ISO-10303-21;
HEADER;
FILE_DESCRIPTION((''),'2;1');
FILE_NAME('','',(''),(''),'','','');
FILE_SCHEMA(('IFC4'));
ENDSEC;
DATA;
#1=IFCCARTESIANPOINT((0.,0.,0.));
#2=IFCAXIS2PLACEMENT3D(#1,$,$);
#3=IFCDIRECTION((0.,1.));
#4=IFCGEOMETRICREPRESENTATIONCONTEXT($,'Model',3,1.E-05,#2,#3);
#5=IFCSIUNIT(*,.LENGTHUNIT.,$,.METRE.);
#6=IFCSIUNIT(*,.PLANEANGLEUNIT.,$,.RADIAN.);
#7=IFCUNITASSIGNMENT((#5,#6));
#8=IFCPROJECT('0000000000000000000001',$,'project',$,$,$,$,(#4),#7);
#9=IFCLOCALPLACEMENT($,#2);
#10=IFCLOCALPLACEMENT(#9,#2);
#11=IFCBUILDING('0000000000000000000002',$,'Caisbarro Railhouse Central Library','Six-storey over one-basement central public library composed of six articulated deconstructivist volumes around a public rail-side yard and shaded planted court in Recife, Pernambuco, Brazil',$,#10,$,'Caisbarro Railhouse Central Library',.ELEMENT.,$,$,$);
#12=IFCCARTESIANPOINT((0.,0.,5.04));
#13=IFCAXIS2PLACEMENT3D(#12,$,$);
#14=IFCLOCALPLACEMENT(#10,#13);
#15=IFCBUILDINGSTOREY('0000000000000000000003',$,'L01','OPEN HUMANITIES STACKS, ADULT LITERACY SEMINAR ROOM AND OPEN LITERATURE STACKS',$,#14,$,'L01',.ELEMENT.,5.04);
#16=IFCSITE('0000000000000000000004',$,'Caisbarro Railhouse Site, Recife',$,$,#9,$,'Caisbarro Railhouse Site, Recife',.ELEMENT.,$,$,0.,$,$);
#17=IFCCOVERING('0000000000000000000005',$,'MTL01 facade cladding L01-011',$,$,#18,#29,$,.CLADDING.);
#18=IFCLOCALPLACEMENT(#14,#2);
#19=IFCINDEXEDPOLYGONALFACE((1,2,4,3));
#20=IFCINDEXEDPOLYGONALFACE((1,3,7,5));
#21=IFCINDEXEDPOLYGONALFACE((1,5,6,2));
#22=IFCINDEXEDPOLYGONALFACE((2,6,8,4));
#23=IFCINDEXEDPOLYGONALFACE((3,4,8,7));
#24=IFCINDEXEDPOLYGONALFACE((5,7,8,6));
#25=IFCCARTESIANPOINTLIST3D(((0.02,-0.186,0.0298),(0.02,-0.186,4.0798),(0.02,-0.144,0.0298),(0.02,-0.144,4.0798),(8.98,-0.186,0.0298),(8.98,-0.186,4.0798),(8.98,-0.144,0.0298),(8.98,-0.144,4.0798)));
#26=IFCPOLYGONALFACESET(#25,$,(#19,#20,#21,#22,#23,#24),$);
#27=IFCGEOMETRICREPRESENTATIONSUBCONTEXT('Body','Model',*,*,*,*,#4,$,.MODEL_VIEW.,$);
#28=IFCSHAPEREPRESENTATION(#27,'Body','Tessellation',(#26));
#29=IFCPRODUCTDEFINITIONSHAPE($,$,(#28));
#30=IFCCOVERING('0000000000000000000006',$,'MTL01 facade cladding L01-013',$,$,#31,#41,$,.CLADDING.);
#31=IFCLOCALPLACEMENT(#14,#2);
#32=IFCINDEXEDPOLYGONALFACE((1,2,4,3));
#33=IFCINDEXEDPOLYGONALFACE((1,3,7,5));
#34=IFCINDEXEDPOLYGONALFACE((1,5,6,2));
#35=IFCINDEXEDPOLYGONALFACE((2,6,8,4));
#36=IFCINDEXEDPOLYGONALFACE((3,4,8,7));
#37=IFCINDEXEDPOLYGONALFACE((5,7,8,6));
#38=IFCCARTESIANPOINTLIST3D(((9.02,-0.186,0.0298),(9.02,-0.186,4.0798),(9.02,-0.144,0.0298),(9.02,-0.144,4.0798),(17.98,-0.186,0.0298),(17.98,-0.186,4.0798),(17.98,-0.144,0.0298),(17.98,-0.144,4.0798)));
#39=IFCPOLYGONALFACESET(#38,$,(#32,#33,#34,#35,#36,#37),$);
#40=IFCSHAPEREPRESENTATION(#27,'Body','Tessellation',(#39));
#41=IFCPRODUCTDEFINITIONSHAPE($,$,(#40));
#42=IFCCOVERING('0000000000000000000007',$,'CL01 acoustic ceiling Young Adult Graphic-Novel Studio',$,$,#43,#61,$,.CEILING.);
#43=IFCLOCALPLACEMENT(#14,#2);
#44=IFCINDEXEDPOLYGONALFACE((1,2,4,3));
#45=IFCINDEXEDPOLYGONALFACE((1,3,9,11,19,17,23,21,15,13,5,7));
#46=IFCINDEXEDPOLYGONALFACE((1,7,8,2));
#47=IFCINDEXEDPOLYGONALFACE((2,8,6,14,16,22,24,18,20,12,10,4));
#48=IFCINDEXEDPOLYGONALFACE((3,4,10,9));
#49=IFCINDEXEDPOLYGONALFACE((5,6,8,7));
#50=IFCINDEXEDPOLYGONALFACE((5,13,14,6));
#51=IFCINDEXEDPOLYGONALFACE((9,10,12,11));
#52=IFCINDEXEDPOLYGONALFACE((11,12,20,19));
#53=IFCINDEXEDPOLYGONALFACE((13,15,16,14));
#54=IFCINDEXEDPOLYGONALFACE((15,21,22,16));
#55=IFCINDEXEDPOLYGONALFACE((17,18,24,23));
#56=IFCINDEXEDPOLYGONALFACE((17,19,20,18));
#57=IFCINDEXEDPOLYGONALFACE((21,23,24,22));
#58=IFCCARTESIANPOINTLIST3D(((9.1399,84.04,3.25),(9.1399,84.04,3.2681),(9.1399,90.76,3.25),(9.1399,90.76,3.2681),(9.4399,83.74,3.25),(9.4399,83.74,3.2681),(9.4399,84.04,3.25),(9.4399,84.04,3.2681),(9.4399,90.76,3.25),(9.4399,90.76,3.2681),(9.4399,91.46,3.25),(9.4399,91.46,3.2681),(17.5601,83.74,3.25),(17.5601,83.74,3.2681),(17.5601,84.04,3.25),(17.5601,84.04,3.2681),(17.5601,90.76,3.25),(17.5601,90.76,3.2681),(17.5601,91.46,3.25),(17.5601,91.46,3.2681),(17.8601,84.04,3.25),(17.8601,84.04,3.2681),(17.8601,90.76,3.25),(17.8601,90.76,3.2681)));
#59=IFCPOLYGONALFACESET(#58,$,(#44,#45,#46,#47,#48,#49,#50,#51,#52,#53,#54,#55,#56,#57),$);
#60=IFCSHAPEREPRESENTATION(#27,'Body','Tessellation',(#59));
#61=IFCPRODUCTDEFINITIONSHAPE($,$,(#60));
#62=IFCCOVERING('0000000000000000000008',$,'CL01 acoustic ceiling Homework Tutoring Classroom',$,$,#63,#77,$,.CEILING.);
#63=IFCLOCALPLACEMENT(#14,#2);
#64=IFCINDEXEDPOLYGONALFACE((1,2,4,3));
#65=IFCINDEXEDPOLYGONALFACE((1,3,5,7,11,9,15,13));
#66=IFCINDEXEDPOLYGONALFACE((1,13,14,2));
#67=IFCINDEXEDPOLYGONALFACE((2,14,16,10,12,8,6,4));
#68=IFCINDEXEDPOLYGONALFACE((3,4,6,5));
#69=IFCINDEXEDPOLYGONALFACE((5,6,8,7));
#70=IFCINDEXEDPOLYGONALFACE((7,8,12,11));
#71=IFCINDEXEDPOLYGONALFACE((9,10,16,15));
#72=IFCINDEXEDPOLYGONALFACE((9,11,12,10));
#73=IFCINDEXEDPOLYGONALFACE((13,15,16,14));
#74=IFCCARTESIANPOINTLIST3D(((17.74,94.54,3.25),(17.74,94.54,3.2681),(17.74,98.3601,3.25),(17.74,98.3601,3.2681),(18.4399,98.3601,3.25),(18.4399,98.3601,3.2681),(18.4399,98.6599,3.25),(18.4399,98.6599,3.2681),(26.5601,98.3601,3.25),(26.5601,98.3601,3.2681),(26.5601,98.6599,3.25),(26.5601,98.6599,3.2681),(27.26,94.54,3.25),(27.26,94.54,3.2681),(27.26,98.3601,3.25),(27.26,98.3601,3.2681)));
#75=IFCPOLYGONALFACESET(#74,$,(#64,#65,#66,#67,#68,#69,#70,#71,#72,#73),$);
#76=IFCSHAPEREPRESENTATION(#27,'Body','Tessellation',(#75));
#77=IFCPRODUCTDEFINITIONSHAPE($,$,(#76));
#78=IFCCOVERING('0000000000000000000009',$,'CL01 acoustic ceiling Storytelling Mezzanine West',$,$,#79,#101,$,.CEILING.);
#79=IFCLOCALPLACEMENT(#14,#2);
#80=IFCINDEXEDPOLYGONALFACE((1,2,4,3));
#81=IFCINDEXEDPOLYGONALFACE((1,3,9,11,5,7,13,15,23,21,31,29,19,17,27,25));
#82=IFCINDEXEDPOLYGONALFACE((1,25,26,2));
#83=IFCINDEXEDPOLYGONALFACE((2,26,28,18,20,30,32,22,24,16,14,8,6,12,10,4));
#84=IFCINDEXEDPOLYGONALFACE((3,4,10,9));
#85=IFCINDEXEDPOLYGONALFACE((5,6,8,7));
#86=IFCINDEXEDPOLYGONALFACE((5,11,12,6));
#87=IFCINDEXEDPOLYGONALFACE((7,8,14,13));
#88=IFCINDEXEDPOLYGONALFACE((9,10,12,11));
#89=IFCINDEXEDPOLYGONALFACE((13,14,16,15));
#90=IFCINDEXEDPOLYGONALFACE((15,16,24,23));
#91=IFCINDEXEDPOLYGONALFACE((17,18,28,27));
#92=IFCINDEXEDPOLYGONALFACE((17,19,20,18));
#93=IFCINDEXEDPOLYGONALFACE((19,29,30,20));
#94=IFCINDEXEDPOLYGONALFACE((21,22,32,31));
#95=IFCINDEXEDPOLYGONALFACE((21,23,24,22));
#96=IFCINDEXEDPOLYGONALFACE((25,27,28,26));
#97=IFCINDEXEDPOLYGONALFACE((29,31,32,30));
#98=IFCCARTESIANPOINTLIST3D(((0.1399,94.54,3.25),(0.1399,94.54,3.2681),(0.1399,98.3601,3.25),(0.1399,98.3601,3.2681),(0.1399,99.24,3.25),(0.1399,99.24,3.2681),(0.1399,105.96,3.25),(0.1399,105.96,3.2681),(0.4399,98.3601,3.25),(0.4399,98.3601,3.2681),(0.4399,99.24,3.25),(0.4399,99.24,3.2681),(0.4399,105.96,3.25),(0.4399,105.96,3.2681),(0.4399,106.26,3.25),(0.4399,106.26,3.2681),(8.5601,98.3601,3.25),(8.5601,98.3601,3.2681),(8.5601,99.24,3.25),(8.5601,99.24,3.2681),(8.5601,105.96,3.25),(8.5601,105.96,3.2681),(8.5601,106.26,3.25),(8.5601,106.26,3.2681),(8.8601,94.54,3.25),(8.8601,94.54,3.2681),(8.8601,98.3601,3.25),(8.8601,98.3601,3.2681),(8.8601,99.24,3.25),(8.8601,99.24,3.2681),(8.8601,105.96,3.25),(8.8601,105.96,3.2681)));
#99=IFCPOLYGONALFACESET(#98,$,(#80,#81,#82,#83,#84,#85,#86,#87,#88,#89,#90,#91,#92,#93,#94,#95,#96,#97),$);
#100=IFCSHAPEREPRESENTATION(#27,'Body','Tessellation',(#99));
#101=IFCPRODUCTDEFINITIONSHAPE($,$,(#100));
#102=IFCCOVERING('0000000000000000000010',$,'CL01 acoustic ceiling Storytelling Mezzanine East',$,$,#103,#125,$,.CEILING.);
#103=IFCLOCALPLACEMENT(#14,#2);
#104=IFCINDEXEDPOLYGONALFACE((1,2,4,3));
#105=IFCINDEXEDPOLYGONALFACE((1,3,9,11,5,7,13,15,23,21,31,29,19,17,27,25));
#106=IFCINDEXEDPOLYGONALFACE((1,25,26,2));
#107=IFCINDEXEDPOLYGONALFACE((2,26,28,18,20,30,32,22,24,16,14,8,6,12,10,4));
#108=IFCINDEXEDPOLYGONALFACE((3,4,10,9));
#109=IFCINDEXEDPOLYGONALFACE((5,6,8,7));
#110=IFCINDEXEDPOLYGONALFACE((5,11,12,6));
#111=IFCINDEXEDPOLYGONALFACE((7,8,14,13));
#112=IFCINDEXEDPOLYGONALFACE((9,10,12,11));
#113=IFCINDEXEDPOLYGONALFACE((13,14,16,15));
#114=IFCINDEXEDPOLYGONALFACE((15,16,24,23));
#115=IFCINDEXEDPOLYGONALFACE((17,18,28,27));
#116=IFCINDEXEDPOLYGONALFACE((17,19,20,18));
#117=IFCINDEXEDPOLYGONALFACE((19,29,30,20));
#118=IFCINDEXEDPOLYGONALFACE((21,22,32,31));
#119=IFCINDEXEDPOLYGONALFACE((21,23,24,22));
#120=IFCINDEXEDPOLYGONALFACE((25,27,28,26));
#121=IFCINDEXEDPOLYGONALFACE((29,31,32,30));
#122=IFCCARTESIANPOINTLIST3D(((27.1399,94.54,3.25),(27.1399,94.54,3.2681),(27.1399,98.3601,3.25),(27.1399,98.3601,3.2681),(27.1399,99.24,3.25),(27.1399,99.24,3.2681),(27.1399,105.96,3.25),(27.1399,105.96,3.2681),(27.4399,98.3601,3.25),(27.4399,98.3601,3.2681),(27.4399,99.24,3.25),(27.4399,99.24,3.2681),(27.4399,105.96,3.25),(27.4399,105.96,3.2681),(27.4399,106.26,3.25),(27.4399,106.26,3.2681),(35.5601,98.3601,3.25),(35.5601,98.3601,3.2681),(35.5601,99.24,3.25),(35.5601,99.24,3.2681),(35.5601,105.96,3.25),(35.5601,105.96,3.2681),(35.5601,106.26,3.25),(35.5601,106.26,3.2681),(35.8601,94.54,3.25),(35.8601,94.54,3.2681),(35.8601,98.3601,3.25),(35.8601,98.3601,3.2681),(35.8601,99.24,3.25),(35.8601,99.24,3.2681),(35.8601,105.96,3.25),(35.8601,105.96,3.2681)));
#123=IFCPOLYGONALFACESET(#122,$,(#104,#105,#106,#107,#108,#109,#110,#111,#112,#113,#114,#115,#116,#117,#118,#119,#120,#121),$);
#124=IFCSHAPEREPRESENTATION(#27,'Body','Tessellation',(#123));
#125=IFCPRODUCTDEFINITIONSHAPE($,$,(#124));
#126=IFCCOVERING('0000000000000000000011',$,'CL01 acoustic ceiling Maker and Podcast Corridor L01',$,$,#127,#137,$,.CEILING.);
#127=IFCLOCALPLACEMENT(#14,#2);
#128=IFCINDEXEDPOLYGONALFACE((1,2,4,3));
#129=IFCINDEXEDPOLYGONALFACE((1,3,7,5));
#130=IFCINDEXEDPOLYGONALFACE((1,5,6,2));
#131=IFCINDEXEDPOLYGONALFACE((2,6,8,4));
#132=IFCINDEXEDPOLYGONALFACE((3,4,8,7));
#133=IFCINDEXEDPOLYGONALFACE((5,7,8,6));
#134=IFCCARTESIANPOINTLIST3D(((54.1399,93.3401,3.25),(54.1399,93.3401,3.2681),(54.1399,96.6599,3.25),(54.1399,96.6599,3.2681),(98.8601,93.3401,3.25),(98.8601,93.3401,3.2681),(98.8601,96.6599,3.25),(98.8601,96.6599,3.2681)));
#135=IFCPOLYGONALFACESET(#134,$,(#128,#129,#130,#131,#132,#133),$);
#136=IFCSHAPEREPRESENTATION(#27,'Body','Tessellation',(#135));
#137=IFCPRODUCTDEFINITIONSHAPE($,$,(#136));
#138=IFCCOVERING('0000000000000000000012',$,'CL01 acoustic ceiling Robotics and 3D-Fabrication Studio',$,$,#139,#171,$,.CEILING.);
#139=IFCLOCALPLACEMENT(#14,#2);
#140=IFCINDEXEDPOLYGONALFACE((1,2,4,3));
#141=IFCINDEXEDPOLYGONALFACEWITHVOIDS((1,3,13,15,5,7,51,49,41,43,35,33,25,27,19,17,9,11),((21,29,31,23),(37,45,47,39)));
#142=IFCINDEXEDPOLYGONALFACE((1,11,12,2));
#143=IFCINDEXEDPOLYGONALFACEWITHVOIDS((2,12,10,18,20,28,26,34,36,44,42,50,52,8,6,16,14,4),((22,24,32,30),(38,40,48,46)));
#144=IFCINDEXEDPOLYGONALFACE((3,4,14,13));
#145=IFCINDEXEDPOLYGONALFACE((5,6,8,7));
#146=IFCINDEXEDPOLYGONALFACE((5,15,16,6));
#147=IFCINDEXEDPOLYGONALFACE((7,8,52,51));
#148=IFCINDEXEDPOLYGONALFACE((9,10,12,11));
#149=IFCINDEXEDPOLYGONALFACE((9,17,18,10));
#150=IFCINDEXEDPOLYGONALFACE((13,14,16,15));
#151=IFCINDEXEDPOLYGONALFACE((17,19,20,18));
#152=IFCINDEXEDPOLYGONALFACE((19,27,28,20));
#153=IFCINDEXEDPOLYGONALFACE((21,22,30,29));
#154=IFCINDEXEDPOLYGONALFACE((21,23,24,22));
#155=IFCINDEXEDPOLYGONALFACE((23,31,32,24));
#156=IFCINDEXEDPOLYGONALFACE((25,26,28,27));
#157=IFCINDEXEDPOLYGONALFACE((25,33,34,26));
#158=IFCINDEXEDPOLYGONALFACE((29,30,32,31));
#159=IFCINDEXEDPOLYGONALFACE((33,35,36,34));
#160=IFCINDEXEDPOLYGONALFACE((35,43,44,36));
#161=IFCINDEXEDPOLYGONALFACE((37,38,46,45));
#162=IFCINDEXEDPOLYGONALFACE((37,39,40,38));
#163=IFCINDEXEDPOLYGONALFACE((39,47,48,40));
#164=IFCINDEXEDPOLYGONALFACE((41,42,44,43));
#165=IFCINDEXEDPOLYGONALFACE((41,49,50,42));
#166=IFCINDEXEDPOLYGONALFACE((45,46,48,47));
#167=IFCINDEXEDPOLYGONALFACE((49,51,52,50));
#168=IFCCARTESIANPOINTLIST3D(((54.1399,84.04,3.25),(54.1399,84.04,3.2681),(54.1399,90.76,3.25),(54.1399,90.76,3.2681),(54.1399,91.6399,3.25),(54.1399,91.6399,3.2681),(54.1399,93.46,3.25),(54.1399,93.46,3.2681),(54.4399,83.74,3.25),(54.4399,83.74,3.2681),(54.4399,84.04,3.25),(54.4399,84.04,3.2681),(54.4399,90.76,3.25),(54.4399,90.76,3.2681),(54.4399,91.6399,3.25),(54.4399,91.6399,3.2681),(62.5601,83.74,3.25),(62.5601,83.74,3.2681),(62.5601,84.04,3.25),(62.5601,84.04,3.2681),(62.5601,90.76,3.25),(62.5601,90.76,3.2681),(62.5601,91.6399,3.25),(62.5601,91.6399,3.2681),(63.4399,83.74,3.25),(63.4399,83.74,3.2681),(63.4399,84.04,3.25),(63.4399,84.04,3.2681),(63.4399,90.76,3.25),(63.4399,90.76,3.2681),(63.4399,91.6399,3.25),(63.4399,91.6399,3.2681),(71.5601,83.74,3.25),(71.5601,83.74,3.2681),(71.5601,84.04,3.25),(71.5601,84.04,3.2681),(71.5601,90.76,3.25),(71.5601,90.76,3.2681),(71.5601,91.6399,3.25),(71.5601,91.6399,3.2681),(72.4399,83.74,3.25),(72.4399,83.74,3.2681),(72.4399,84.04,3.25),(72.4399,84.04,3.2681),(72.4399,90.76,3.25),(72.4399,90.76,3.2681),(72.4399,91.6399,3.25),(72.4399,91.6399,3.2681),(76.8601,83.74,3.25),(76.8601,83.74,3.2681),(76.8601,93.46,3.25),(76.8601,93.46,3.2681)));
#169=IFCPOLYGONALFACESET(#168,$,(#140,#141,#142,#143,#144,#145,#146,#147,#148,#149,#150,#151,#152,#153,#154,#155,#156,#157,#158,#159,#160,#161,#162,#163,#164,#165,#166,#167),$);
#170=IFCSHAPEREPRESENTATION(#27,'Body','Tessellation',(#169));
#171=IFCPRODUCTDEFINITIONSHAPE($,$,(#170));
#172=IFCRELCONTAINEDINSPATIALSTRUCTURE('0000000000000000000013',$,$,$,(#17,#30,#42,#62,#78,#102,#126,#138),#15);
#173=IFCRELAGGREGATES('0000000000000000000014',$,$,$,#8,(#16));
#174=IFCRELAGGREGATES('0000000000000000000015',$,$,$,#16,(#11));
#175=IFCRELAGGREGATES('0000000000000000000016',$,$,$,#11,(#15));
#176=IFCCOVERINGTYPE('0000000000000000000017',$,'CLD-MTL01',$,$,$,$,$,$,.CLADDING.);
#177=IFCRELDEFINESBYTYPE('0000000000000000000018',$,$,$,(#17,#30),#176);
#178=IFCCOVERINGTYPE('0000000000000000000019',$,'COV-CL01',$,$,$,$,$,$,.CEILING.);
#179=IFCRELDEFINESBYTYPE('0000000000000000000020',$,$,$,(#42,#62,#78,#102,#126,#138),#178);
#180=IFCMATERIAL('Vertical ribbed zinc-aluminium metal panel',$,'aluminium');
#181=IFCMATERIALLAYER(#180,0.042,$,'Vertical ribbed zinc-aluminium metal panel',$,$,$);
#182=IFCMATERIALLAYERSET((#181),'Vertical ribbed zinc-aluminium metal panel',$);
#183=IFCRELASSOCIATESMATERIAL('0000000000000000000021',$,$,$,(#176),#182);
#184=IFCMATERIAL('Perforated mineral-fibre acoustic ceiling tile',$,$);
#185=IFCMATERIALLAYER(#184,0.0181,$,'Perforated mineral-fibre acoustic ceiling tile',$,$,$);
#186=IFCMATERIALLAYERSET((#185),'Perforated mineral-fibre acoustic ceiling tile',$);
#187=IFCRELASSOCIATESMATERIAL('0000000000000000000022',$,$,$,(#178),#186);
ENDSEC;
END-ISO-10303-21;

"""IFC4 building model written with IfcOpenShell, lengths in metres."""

from ifc_helpers import new_model, si_unit, direction, frame, origin, origin_2d, place, context, subcontext, project, spatial, polyline, rectangle, outline, extrude, material, layer, layer_set, type_object, element, save


model = new_model("IFC4")

# Units and contexts
model_context = context("Model", 3, precision=1e-05, world=origin(), true_north=direction((0.0, 1.0)))
body_context = subcontext(model_context, "Body", "Model", "MODEL_VIEW")
ifc_project = project(units=[si_unit("LENGTHUNIT", "METRE"), si_unit("PLANEANGLEUNIT", "RADIAN")], contexts=[model_context])

# Site, building, storey
site_placement = place(None, origin())
site = spatial("IfcSite", under=ifc_project, at=site_placement, Name="Caisbarro Railhouse Site, Recife", LongName="Caisbarro Railhouse Site, Recife", CompositionType="ELEMENT", RefElevation=0.0)
building_placement = place(site_placement, origin())
building = spatial("IfcBuilding", under=site, at=building_placement, Name="Caisbarro Railhouse Central Library", Description="Six-storey over one-basement central public library composed of six articulated deconstructivist volumes around a public rail-side yard and shaded planted court in Recife, Pernambuco, Brazil", LongName="Caisbarro Railhouse Central Library", CompositionType="ELEMENT")
storey_placement = place(building_placement, frame((0.0, 0.0, 5.04)))
storey = spatial("IfcBuildingStorey", under=building, at=storey_placement, Name="L01", Description="OPEN HUMANITIES STACKS, ADULT LITERACY SEMINAR ROOM AND OPEN LITERATURE STACKS", LongName="L01", CompositionType="ELEMENT", Elevation=5.04)

# Coverings
ifc_material_1 = material(Name="Vertical ribbed zinc-aluminium metal panel", Category="aluminium")
ifc_layer_1 = layer(ifc_material_1, 0.042, Name="Vertical ribbed zinc-aluminium metal panel")
ifc_layer_set_1 = layer_set([ifc_layer_1], Name="Vertical ribbed zinc-aluminium metal panel")
covering_type_1 = type_object("IfcCoveringType", Name="CLD-MTL01", PredefinedType="CLADDING", material=ifc_layer_set_1)
for number, where, z_axis, x_axis, name in (
    (1, (4.5, -0.165, 0.0298), (0.0, 0.0, 1.0), (1.0, 0.0, 0.0), "MTL01 facade cladding L01-011"),
    (2, (13.5, -0.165, 0.0298), (0.0, 0.0, 1.0), (1.0, 0.0, 0.0), "MTL01 facade cladding L01-013"),
):
    element("IfcCovering", number, at=place(storey_placement, frame(where, z_axis=z_axis, x_axis=x_axis)), inside=storey, type_object=covering_type_1, Name=name, PredefinedType="CLADDING", context=body_context, shape_type="SweptSolid", body=[
        extrude(rectangle(XDim=8.96, YDim=0.042, at=origin_2d()), origin(), (0.0, 0.0, 1.0), 4.05),
    ])
ifc_material_2 = material(Name="Perforated mineral-fibre acoustic ceiling tile")
ifc_layer_2 = layer(ifc_material_2, 0.0181, Name="Perforated mineral-fibre acoustic ceiling tile")
ifc_layer_set_2 = layer_set([ifc_layer_2], Name="Perforated mineral-fibre acoustic ceiling tile")
covering_type_2 = type_object("IfcCoveringType", Name="COV-CL01", PredefinedType="CEILING", material=ifc_layer_set_2)
covering_1_placement = place(storey_placement, frame((0.0, 0.0, 3.25)))
element("IfcCovering", 3, at=covering_1_placement, inside=storey, type_object=covering_type_2, Name="CL01 acoustic ceiling Young Adult Graphic-Novel Studio", PredefinedType="CEILING", context=body_context, shape_type="SweptSolid", body=[
    extrude(outline(polyline([(17.5601, 84.04), (17.5601, 83.74), (9.4399, 83.74), (9.4399, 84.04), (9.1399, 84.04), (9.1399, 90.76), (9.4399, 90.76), (9.4399, 91.46), (17.5601, 91.46), (17.5601, 90.76), (17.8601, 90.76), (17.8601, 84.04), (17.5601, 84.04)])), origin(), (0.0, 0.0, 1.0), 0.0181),
])
covering_2_placement = place(storey_placement, frame((0.0, 0.0, 3.25)))
element("IfcCovering", 4, at=covering_2_placement, inside=storey, type_object=covering_type_2, Name="CL01 acoustic ceiling Homework Tutoring Classroom", PredefinedType="CEILING", context=body_context, shape_type="SweptSolid", body=[
    extrude(outline(polyline([(18.4399, 98.3601), (18.4399, 98.6599), (26.5601, 98.6599), (26.5601, 98.3601), (27.26, 98.3601), (27.26, 94.54), (17.74, 94.54), (17.74, 98.3601), (18.4399, 98.3601)])), origin(), (0.0, 0.0, 1.0), 0.0181),
])
covering_3_placement = place(storey_placement, frame((0.0, 0.0, 3.25)))
element("IfcCovering", 5, at=covering_3_placement, inside=storey, type_object=covering_type_2, Name="CL01 acoustic ceiling Storytelling Mezzanine West", PredefinedType="CEILING", context=body_context, shape_type="SweptSolid", body=[
    extrude(outline(polyline([(0.1399, 99.24), (0.1399, 105.96), (0.4399, 105.96), (0.4399, 106.26), (8.5601, 106.26), (8.5601, 105.96), (8.8601, 105.96), (8.8601, 99.24), (8.5601, 99.24), (8.5601, 98.3601), (8.8601, 98.3601), (8.8601, 94.54), (0.1399, 94.54), (0.1399, 98.3601), (0.4399, 98.3601), (0.4399, 99.24), (0.1399, 99.24)])), origin(), (0.0, 0.0, 1.0), 0.0181),
])
covering_4_placement = place(storey_placement, frame((0.0, 0.0, 3.25)))
element("IfcCovering", 6, at=covering_4_placement, inside=storey, type_object=covering_type_2, Name="CL01 acoustic ceiling Storytelling Mezzanine East", PredefinedType="CEILING", context=body_context, shape_type="SweptSolid", body=[
    extrude(outline(polyline([(27.1399, 99.24), (27.1399, 105.96), (27.4399, 105.96), (27.4399, 106.26), (35.5601, 106.26), (35.5601, 105.96), (35.8601, 105.96), (35.8601, 99.24), (35.5601, 99.24), (35.5601, 98.3601), (35.8601, 98.3601), (35.8601, 94.54), (27.1399, 94.54), (27.1399, 98.3601), (27.4399, 98.3601), (27.4399, 99.24), (27.1399, 99.24)])), origin(), (0.0, 0.0, 1.0), 0.0181),
])
covering_5_placement = place(storey_placement, frame((0.0, 0.0, 3.25)))
element("IfcCovering", 7, at=covering_5_placement, inside=storey, type_object=covering_type_2, Name="CL01 acoustic ceiling Maker and Podcast Corridor L01", PredefinedType="CEILING", context=body_context, shape_type="SweptSolid", body=[
    extrude(outline(polyline([(54.1399, 93.3401), (54.1399, 96.6599), (98.8601, 96.6599), (98.8601, 93.3401), (54.1399, 93.3401)])), origin(), (0.0, 0.0, 1.0), 0.0181),
])
covering_6_placement = place(storey_placement, frame((0.0, 0.0, 3.25)))
element("IfcCovering", 8, at=covering_6_placement, inside=storey, type_object=covering_type_2, Name="CL01 acoustic ceiling Robotics and 3D-Fabrication Studio", PredefinedType="CEILING", context=body_context, shape_type="SweptSolid", body=[
    extrude(outline(polyline([(62.5601, 84.04), (62.5601, 83.74), (54.4399, 83.74), (54.4399, 84.04), (54.1399, 84.04), (54.1399, 90.76), (54.4399, 90.76), (54.4399, 91.6399), (54.1399, 91.6399), (54.1399, 93.46), (76.8601, 93.46), (76.8601, 83.74), (72.4399, 83.74), (72.4399, 84.04), (71.5601, 84.04), (71.5601, 83.74), (63.4399, 83.74), (63.4399, 84.04), (62.5601, 84.04)]), holes=[polyline([(62.5601, 90.76), (63.4399, 90.76), (63.4399, 91.6399), (62.5601, 91.6399), (62.5601, 90.76)]), polyline([(72.4399, 91.6399), (71.5601, 91.6399), (71.5601, 90.76), (72.4399, 90.76), (72.4399, 91.6399)])]), origin(), (0.0, 0.0, 1.0), 0.0181),
])

save(model, "model.ifc")
